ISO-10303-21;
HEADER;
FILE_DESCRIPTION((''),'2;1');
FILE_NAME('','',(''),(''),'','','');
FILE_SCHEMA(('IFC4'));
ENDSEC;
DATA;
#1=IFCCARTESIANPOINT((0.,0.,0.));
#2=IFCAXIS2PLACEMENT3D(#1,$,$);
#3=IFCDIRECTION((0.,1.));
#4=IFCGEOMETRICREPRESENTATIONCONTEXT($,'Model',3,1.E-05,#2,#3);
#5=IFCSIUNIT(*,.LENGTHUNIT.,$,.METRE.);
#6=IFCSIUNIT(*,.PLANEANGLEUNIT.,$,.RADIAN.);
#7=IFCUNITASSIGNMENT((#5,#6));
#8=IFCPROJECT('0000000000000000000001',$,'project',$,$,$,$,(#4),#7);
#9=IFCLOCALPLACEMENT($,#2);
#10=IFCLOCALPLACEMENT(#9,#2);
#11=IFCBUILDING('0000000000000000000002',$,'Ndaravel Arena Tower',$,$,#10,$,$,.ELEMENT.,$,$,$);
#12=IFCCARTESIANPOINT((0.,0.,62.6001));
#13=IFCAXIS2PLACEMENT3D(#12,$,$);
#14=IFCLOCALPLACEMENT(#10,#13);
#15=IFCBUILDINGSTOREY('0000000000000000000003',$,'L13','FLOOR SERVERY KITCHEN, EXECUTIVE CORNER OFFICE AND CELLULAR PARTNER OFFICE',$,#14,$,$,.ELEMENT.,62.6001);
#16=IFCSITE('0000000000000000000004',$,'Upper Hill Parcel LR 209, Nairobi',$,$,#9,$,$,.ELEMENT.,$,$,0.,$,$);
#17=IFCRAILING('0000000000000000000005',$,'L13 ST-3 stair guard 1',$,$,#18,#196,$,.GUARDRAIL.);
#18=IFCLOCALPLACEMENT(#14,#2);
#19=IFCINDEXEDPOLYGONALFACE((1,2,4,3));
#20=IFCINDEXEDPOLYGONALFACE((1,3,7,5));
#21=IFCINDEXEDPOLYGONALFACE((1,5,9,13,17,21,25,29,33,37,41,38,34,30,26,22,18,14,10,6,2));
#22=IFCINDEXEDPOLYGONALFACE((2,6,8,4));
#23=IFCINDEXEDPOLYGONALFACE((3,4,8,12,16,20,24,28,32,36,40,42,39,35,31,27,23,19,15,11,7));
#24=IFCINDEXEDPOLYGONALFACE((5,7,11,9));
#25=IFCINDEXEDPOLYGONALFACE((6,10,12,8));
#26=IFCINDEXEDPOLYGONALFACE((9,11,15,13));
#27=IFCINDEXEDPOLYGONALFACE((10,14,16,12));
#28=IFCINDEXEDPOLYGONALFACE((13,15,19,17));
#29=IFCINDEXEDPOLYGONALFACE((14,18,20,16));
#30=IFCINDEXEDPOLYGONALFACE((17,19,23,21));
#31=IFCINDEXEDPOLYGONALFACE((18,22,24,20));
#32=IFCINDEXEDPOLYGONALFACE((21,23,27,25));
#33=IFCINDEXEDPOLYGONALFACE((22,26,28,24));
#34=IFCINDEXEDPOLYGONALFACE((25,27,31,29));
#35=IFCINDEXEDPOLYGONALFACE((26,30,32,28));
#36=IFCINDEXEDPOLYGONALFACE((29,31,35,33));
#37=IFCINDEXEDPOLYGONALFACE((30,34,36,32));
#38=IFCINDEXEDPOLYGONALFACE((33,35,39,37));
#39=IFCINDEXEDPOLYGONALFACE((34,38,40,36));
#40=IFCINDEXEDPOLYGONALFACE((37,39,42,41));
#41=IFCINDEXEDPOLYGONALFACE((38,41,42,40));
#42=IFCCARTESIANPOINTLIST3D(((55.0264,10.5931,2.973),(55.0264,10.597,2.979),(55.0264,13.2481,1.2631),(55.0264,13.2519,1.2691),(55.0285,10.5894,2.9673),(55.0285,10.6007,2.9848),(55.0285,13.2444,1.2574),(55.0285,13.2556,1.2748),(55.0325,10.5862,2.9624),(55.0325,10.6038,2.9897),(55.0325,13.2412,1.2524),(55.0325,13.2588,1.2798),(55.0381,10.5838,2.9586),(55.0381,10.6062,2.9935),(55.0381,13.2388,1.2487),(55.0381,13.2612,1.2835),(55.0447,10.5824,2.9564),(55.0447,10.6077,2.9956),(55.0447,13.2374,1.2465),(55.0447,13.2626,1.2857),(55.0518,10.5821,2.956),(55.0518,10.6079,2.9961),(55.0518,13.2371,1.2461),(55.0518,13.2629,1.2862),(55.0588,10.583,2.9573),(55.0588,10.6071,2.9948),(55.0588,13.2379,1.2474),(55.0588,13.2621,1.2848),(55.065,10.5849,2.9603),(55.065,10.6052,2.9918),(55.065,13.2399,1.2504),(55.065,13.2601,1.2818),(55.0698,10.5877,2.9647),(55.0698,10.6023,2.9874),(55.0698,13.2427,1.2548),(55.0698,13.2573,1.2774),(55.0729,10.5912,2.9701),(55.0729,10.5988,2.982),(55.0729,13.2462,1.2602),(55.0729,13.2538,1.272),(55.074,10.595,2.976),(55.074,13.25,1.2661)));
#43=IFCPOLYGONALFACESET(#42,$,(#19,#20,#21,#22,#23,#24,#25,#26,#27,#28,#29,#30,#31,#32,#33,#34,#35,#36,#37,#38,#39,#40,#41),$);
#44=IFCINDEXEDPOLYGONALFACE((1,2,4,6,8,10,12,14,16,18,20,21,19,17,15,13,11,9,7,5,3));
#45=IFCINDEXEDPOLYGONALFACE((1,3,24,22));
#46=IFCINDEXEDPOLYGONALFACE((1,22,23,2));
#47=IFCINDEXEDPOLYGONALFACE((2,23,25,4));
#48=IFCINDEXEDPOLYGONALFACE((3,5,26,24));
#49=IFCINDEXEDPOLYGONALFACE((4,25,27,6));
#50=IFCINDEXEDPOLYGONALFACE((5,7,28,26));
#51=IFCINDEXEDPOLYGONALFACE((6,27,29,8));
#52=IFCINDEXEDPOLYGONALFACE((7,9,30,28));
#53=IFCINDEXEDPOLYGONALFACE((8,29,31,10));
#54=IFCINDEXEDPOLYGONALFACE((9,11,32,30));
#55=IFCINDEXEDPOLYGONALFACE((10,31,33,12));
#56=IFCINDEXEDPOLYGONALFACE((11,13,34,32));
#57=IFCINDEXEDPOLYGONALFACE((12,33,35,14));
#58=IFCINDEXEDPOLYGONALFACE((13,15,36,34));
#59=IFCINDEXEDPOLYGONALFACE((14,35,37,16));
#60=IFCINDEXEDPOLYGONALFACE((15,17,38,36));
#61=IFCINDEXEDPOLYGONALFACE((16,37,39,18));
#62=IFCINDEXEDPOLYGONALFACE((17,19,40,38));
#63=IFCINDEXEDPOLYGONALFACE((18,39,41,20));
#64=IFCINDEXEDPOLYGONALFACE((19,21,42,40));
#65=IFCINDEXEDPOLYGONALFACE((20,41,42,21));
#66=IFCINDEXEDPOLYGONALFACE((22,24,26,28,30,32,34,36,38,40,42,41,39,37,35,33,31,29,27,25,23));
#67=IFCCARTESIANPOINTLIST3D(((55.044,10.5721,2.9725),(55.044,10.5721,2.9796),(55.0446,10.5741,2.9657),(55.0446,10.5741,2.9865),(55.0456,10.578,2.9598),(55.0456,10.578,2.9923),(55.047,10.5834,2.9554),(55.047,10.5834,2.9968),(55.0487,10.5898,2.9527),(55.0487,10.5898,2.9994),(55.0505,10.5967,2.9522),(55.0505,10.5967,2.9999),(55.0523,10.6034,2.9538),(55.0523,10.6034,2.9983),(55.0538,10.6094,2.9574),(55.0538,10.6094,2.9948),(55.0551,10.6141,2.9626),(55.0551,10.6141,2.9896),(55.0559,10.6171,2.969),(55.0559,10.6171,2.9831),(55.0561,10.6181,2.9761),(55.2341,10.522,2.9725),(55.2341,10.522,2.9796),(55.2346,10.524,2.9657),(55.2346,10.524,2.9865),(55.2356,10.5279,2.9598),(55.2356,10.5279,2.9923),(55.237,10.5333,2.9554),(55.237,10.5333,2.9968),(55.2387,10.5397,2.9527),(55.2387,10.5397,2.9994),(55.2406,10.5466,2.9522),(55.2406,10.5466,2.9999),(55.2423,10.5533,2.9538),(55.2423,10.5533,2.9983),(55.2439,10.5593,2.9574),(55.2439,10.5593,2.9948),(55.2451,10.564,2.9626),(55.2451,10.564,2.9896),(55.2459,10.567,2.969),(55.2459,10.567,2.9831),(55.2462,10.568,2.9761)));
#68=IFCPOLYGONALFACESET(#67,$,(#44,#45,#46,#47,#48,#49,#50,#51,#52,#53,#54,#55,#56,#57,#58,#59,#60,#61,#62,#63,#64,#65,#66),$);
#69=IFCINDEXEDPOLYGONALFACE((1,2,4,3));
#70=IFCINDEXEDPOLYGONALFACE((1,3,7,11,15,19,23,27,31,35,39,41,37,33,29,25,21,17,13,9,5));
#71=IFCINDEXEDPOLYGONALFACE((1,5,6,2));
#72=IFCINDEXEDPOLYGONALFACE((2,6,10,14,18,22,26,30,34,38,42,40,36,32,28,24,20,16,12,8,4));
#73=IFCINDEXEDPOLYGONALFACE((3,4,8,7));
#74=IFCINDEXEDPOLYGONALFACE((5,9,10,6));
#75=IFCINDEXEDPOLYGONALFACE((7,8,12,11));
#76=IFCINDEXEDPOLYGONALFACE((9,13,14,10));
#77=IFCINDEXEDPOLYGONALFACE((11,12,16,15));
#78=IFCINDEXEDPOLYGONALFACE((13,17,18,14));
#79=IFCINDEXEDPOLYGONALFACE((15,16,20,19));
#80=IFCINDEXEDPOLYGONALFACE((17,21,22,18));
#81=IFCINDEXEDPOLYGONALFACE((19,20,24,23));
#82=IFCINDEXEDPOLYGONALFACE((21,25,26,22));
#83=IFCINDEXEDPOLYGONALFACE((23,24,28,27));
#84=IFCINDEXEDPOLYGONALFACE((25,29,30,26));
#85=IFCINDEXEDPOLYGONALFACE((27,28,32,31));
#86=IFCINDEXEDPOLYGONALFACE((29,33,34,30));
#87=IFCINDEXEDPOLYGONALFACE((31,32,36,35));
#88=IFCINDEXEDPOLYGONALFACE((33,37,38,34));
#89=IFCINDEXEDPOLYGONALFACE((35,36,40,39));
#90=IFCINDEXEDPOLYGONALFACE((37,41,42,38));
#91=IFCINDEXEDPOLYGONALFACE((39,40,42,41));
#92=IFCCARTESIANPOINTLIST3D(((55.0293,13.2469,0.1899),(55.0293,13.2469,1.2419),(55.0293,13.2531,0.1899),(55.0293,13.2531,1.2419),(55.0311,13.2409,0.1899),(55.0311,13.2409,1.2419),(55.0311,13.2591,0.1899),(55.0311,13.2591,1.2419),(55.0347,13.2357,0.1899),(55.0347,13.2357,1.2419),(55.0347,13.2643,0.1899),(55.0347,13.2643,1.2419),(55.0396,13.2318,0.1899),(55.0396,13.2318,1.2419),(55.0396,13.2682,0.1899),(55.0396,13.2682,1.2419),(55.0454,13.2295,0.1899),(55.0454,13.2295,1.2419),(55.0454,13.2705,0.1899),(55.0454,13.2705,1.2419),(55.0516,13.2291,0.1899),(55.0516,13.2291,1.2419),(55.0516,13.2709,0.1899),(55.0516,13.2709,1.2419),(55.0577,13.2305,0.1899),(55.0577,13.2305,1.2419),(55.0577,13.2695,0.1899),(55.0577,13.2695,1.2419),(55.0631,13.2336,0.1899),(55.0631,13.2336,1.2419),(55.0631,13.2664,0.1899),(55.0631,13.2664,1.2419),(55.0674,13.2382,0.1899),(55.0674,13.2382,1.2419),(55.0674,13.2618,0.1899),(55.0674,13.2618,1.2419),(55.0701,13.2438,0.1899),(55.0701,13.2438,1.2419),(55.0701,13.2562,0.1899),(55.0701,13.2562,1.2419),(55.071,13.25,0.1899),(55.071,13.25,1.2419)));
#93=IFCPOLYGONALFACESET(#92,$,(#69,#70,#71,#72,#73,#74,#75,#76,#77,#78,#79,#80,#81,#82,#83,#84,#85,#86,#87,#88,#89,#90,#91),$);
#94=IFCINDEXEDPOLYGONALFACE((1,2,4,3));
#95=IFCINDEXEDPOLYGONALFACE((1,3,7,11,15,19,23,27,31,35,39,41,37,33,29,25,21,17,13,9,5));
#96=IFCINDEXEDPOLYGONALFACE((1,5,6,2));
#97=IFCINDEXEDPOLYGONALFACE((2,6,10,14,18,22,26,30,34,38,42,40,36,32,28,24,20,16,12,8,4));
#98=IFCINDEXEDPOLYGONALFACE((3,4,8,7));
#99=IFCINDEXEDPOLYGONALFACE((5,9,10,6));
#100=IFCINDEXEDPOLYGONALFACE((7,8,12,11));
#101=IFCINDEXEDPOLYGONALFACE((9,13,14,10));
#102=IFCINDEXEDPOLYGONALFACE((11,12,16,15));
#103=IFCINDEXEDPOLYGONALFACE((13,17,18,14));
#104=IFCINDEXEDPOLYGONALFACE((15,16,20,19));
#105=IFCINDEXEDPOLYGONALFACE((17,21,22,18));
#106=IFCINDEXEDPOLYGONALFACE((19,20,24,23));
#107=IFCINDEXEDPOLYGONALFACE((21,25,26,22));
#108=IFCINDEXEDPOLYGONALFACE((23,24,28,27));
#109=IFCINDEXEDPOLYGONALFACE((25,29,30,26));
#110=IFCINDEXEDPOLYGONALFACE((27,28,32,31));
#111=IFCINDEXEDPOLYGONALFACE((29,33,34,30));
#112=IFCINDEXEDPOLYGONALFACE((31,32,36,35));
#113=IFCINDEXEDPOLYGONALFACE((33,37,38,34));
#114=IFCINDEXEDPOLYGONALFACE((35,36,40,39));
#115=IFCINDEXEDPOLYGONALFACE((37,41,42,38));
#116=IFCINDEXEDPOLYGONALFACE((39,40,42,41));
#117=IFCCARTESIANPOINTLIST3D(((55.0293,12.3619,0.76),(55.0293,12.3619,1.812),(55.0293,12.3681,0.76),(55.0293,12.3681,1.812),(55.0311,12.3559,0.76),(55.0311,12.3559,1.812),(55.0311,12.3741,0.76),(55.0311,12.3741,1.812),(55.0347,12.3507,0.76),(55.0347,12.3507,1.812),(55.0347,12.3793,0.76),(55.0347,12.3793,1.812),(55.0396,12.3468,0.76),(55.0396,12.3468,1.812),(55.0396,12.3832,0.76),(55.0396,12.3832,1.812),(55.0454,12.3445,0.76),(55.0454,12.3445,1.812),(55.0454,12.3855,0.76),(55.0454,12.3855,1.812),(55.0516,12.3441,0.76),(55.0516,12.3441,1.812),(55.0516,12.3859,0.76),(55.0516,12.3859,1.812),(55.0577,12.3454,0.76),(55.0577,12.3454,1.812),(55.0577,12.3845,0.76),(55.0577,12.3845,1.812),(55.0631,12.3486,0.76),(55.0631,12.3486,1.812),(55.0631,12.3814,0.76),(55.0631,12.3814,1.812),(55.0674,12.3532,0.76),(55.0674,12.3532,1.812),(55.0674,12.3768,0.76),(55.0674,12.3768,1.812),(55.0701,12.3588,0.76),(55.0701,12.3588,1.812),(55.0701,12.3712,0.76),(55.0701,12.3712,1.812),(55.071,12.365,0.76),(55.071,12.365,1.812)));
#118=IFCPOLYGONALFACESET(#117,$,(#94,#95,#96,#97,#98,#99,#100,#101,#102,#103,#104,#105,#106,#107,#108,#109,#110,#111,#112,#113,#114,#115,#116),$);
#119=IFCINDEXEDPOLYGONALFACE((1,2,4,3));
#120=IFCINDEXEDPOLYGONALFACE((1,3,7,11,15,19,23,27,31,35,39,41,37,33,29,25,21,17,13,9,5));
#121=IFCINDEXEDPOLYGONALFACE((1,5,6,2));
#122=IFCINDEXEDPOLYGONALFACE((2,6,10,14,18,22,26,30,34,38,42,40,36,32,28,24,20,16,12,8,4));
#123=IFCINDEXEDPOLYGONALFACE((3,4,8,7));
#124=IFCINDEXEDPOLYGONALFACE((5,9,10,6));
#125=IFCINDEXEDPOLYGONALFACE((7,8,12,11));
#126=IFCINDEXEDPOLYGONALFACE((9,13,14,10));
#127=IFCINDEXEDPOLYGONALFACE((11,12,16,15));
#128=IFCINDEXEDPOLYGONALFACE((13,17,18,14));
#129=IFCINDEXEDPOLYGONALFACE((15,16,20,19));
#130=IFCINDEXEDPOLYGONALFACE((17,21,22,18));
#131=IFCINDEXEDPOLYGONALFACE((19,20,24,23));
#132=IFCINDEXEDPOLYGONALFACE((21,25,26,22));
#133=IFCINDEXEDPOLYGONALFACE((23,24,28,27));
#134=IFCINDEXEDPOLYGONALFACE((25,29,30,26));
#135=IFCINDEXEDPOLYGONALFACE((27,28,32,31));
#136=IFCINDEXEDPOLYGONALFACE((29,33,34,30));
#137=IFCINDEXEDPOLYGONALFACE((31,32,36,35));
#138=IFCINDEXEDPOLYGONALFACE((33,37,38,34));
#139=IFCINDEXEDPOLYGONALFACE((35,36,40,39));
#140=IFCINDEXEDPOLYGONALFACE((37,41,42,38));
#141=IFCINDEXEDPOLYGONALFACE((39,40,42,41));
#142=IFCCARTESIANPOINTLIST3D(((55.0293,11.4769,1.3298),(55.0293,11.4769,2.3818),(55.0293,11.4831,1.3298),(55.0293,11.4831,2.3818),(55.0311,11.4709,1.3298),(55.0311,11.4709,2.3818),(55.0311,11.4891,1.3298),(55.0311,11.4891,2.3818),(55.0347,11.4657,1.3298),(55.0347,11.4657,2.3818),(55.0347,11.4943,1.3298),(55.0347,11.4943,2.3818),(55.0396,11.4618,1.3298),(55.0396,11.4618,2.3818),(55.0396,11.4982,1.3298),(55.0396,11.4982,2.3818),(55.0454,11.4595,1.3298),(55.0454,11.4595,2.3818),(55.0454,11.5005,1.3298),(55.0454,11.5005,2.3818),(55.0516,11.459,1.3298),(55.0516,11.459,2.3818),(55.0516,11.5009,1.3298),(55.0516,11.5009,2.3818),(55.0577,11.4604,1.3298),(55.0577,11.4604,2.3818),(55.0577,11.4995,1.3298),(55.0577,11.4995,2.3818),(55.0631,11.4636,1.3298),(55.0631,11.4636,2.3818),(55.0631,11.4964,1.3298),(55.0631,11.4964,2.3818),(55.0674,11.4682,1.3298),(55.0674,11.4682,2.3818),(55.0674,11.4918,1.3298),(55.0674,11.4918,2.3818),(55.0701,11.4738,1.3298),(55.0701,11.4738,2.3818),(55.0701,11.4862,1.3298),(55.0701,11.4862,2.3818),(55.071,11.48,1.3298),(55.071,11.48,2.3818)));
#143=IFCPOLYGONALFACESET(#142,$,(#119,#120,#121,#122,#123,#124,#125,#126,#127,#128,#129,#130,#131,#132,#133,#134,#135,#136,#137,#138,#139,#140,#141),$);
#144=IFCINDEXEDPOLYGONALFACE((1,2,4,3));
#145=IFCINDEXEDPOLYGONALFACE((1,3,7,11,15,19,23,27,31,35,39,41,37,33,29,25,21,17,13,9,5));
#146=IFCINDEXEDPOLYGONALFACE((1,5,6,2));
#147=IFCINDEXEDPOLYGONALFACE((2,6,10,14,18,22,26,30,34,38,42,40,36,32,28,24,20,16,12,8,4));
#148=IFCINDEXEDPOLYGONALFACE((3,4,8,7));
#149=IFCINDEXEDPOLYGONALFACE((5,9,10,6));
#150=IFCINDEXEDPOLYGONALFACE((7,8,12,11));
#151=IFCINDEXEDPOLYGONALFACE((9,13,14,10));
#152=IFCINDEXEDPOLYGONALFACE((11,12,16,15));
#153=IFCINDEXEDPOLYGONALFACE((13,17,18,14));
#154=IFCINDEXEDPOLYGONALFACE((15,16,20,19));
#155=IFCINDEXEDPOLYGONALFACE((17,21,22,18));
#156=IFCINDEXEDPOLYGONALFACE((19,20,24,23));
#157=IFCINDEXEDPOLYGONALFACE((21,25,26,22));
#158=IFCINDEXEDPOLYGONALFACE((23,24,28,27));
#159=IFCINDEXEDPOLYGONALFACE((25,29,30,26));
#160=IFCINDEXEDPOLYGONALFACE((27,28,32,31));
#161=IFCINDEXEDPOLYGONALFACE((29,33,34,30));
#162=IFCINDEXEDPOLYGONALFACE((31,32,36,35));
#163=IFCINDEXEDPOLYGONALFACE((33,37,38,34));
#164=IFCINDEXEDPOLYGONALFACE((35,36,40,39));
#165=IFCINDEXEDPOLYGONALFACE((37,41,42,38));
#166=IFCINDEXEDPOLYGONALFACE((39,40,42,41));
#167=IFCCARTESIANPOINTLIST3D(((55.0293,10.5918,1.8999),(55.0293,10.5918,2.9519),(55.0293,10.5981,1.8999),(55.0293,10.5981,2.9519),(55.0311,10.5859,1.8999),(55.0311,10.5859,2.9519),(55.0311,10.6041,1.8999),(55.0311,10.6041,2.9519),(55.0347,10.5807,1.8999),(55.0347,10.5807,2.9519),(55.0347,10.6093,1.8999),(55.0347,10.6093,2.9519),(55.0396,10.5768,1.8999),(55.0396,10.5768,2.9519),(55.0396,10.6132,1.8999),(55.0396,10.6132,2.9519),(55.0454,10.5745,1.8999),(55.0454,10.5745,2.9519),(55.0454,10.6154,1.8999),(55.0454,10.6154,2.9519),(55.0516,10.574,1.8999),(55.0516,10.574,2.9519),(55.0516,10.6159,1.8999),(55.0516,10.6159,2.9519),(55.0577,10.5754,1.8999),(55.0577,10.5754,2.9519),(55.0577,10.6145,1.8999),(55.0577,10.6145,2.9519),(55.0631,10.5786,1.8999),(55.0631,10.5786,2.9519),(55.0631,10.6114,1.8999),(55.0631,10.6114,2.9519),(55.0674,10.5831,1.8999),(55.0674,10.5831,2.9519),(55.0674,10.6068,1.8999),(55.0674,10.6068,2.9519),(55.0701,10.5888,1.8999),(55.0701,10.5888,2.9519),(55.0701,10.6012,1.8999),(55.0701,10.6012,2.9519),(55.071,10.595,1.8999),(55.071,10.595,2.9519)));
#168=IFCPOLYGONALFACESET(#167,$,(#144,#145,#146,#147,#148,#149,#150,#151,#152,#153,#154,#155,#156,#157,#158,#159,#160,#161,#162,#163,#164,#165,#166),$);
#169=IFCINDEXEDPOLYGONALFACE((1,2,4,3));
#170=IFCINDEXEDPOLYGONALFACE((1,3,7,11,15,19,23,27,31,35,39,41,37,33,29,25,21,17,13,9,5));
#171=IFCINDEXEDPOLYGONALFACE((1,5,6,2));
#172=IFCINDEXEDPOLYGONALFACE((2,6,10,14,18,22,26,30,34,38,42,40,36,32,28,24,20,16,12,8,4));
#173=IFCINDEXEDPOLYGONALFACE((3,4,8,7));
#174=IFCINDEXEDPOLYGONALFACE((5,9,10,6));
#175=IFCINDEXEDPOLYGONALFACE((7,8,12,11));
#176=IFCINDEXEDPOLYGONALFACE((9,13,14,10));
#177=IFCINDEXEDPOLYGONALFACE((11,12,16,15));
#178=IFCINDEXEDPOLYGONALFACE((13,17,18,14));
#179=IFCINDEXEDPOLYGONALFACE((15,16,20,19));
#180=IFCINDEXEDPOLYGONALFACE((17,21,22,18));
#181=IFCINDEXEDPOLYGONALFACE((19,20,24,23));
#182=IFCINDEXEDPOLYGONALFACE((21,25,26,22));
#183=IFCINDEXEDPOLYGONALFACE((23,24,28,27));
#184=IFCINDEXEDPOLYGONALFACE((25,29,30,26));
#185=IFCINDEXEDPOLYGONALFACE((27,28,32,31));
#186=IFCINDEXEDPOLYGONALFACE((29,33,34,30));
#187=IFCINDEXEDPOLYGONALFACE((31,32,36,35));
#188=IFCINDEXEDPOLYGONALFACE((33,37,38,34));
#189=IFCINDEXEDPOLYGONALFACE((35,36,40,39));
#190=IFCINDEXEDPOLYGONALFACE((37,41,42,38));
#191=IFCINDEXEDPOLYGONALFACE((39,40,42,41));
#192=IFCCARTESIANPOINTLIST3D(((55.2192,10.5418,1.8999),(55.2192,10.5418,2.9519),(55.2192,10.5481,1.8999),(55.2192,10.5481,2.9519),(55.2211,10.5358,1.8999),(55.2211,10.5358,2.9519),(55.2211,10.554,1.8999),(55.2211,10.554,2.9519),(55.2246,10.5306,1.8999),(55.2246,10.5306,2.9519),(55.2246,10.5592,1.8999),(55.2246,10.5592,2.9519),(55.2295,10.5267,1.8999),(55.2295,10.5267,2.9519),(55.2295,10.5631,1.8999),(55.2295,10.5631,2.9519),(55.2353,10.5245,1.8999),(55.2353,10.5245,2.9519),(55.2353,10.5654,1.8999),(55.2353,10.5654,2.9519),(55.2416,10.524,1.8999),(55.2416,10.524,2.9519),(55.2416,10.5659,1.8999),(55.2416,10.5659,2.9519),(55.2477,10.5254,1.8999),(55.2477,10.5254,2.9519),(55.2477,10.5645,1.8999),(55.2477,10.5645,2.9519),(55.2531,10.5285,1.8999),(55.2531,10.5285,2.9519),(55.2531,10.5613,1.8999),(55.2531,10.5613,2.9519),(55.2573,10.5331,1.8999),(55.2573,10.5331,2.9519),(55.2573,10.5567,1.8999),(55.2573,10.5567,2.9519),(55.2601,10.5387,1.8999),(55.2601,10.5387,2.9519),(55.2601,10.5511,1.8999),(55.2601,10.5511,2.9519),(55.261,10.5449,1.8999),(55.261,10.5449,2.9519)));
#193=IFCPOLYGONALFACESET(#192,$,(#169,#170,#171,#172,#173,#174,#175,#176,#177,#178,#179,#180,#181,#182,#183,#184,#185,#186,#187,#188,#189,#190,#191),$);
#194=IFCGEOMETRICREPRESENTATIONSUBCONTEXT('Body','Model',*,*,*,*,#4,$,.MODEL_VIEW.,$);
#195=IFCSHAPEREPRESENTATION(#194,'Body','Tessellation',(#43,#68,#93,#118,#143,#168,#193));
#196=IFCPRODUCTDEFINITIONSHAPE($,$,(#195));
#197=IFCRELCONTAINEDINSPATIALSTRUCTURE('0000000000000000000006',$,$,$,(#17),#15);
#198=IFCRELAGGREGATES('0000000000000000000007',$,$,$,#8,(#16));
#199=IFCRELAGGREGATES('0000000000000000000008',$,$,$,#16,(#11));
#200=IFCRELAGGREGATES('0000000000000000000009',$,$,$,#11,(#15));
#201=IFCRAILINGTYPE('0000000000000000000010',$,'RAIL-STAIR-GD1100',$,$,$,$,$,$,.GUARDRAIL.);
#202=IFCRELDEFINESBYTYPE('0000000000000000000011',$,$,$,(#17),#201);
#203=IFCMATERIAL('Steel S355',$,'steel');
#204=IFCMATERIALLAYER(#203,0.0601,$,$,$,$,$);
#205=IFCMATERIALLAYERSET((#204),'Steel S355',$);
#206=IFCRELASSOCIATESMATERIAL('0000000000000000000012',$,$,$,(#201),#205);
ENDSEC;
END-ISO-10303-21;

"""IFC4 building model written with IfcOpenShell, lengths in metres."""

from ifc_helpers import new_model, si_unit, direction, frame, origin, origin_2d, place, context, subcontext, project, spatial, circle, extrude, material, layer, layer_set, type_object, element, save


model = new_model("IFC4")

# Units and contexts
model_context = context("Model", 3, precision=1e-05, world=origin(), true_north=direction((0.0, 1.0)))
body_context = subcontext(model_context, "Body", "Model", "MODEL_VIEW")
ifc_project = project(units=[si_unit("LENGTHUNIT", "METRE"), si_unit("PLANEANGLEUNIT", "RADIAN")], contexts=[model_context])

# Site, building, storey
site_placement = place(None, origin())
site = spatial("IfcSite", under=ifc_project, at=site_placement, Name="Upper Hill Parcel LR 209, Nairobi", CompositionType="ELEMENT", RefElevation=0.0)
building_placement = place(site_placement, origin())
building = spatial("IfcBuilding", under=site, at=building_placement, Name="Ndaravel Arena Tower", CompositionType="ELEMENT")
storey_placement = place(building_placement, frame((0.0, 0.0, 62.6001)))
storey = spatial("IfcBuildingStorey", under=building, at=storey_placement, Name="L13", Description="FLOOR SERVERY KITCHEN, EXECUTIVE CORNER OFFICE AND CELLULAR PARTNER OFFICE", CompositionType="ELEMENT", Elevation=62.6001)

# Railing
ifc_material_1 = material(Name="Steel S355", Category="steel")
ifc_layer_1 = layer(ifc_material_1, 0.0601)
ifc_layer_set_1 = layer_set([ifc_layer_1], Name="Steel S355")
railing_type_1 = type_object("IfcRailingType", Name="RAIL-STAIR-GD1100", PredefinedType="GUARDRAIL", material=ifc_layer_set_1)
railing_1_placement = place(storey_placement, frame((55.05, 13.25, 0.1899)))
element("IfcRailing", 1, at=railing_1_placement, inside=storey, type_object=railing_type_1, Name="L13 ST-3 stair guard 1", PredefinedType="GUARDRAIL", context=body_context, shape_type="SweptSolid", body=[
    extrude(circle(Radius=0.0239, at=origin_2d()), frame((0.0, 0.0, 1.0762), z_axis=(0.0, -0.840724, 0.541465), x_axis=(1.0, 0.0, 0.0)), (0.0, 0.0, 1.0), 3.158),
    extrude(circle(Radius=0.0239, at=origin_2d()), frame((0.0, -2.655, 2.7861), z_axis=(0.966994, -0.254799, 0.0), x_axis=(0.254799, 0.966994, 0.0)), (0.0, 0.0, 1.0), 0.1965),
    extrude(circle(Radius=0.021, at=origin_2d()), origin(), (0.0, 0.0, 1.0), 1.052),
    extrude(circle(Radius=0.021, at=origin_2d()), frame((0.0, -0.885, 0.5701)), (0.0, 0.0, 1.0), 1.052),
    extrude(circle(Radius=0.021, at=origin_2d()), frame((0.0, -1.77, 1.1399)), (0.0, 0.0, 1.0), 1.052),
    extrude(circle(Radius=0.021, at=origin_2d()), frame((0.0, -2.655, 1.71)), (0.0, 0.0, 1.0), 1.052),
    extrude(circle(Radius=0.021, at=origin_2d()), frame((0.1899, -2.7051, 1.71)), (0.0, 0.0, 1.0), 1.052),
])

save(model, "model.ifc")
